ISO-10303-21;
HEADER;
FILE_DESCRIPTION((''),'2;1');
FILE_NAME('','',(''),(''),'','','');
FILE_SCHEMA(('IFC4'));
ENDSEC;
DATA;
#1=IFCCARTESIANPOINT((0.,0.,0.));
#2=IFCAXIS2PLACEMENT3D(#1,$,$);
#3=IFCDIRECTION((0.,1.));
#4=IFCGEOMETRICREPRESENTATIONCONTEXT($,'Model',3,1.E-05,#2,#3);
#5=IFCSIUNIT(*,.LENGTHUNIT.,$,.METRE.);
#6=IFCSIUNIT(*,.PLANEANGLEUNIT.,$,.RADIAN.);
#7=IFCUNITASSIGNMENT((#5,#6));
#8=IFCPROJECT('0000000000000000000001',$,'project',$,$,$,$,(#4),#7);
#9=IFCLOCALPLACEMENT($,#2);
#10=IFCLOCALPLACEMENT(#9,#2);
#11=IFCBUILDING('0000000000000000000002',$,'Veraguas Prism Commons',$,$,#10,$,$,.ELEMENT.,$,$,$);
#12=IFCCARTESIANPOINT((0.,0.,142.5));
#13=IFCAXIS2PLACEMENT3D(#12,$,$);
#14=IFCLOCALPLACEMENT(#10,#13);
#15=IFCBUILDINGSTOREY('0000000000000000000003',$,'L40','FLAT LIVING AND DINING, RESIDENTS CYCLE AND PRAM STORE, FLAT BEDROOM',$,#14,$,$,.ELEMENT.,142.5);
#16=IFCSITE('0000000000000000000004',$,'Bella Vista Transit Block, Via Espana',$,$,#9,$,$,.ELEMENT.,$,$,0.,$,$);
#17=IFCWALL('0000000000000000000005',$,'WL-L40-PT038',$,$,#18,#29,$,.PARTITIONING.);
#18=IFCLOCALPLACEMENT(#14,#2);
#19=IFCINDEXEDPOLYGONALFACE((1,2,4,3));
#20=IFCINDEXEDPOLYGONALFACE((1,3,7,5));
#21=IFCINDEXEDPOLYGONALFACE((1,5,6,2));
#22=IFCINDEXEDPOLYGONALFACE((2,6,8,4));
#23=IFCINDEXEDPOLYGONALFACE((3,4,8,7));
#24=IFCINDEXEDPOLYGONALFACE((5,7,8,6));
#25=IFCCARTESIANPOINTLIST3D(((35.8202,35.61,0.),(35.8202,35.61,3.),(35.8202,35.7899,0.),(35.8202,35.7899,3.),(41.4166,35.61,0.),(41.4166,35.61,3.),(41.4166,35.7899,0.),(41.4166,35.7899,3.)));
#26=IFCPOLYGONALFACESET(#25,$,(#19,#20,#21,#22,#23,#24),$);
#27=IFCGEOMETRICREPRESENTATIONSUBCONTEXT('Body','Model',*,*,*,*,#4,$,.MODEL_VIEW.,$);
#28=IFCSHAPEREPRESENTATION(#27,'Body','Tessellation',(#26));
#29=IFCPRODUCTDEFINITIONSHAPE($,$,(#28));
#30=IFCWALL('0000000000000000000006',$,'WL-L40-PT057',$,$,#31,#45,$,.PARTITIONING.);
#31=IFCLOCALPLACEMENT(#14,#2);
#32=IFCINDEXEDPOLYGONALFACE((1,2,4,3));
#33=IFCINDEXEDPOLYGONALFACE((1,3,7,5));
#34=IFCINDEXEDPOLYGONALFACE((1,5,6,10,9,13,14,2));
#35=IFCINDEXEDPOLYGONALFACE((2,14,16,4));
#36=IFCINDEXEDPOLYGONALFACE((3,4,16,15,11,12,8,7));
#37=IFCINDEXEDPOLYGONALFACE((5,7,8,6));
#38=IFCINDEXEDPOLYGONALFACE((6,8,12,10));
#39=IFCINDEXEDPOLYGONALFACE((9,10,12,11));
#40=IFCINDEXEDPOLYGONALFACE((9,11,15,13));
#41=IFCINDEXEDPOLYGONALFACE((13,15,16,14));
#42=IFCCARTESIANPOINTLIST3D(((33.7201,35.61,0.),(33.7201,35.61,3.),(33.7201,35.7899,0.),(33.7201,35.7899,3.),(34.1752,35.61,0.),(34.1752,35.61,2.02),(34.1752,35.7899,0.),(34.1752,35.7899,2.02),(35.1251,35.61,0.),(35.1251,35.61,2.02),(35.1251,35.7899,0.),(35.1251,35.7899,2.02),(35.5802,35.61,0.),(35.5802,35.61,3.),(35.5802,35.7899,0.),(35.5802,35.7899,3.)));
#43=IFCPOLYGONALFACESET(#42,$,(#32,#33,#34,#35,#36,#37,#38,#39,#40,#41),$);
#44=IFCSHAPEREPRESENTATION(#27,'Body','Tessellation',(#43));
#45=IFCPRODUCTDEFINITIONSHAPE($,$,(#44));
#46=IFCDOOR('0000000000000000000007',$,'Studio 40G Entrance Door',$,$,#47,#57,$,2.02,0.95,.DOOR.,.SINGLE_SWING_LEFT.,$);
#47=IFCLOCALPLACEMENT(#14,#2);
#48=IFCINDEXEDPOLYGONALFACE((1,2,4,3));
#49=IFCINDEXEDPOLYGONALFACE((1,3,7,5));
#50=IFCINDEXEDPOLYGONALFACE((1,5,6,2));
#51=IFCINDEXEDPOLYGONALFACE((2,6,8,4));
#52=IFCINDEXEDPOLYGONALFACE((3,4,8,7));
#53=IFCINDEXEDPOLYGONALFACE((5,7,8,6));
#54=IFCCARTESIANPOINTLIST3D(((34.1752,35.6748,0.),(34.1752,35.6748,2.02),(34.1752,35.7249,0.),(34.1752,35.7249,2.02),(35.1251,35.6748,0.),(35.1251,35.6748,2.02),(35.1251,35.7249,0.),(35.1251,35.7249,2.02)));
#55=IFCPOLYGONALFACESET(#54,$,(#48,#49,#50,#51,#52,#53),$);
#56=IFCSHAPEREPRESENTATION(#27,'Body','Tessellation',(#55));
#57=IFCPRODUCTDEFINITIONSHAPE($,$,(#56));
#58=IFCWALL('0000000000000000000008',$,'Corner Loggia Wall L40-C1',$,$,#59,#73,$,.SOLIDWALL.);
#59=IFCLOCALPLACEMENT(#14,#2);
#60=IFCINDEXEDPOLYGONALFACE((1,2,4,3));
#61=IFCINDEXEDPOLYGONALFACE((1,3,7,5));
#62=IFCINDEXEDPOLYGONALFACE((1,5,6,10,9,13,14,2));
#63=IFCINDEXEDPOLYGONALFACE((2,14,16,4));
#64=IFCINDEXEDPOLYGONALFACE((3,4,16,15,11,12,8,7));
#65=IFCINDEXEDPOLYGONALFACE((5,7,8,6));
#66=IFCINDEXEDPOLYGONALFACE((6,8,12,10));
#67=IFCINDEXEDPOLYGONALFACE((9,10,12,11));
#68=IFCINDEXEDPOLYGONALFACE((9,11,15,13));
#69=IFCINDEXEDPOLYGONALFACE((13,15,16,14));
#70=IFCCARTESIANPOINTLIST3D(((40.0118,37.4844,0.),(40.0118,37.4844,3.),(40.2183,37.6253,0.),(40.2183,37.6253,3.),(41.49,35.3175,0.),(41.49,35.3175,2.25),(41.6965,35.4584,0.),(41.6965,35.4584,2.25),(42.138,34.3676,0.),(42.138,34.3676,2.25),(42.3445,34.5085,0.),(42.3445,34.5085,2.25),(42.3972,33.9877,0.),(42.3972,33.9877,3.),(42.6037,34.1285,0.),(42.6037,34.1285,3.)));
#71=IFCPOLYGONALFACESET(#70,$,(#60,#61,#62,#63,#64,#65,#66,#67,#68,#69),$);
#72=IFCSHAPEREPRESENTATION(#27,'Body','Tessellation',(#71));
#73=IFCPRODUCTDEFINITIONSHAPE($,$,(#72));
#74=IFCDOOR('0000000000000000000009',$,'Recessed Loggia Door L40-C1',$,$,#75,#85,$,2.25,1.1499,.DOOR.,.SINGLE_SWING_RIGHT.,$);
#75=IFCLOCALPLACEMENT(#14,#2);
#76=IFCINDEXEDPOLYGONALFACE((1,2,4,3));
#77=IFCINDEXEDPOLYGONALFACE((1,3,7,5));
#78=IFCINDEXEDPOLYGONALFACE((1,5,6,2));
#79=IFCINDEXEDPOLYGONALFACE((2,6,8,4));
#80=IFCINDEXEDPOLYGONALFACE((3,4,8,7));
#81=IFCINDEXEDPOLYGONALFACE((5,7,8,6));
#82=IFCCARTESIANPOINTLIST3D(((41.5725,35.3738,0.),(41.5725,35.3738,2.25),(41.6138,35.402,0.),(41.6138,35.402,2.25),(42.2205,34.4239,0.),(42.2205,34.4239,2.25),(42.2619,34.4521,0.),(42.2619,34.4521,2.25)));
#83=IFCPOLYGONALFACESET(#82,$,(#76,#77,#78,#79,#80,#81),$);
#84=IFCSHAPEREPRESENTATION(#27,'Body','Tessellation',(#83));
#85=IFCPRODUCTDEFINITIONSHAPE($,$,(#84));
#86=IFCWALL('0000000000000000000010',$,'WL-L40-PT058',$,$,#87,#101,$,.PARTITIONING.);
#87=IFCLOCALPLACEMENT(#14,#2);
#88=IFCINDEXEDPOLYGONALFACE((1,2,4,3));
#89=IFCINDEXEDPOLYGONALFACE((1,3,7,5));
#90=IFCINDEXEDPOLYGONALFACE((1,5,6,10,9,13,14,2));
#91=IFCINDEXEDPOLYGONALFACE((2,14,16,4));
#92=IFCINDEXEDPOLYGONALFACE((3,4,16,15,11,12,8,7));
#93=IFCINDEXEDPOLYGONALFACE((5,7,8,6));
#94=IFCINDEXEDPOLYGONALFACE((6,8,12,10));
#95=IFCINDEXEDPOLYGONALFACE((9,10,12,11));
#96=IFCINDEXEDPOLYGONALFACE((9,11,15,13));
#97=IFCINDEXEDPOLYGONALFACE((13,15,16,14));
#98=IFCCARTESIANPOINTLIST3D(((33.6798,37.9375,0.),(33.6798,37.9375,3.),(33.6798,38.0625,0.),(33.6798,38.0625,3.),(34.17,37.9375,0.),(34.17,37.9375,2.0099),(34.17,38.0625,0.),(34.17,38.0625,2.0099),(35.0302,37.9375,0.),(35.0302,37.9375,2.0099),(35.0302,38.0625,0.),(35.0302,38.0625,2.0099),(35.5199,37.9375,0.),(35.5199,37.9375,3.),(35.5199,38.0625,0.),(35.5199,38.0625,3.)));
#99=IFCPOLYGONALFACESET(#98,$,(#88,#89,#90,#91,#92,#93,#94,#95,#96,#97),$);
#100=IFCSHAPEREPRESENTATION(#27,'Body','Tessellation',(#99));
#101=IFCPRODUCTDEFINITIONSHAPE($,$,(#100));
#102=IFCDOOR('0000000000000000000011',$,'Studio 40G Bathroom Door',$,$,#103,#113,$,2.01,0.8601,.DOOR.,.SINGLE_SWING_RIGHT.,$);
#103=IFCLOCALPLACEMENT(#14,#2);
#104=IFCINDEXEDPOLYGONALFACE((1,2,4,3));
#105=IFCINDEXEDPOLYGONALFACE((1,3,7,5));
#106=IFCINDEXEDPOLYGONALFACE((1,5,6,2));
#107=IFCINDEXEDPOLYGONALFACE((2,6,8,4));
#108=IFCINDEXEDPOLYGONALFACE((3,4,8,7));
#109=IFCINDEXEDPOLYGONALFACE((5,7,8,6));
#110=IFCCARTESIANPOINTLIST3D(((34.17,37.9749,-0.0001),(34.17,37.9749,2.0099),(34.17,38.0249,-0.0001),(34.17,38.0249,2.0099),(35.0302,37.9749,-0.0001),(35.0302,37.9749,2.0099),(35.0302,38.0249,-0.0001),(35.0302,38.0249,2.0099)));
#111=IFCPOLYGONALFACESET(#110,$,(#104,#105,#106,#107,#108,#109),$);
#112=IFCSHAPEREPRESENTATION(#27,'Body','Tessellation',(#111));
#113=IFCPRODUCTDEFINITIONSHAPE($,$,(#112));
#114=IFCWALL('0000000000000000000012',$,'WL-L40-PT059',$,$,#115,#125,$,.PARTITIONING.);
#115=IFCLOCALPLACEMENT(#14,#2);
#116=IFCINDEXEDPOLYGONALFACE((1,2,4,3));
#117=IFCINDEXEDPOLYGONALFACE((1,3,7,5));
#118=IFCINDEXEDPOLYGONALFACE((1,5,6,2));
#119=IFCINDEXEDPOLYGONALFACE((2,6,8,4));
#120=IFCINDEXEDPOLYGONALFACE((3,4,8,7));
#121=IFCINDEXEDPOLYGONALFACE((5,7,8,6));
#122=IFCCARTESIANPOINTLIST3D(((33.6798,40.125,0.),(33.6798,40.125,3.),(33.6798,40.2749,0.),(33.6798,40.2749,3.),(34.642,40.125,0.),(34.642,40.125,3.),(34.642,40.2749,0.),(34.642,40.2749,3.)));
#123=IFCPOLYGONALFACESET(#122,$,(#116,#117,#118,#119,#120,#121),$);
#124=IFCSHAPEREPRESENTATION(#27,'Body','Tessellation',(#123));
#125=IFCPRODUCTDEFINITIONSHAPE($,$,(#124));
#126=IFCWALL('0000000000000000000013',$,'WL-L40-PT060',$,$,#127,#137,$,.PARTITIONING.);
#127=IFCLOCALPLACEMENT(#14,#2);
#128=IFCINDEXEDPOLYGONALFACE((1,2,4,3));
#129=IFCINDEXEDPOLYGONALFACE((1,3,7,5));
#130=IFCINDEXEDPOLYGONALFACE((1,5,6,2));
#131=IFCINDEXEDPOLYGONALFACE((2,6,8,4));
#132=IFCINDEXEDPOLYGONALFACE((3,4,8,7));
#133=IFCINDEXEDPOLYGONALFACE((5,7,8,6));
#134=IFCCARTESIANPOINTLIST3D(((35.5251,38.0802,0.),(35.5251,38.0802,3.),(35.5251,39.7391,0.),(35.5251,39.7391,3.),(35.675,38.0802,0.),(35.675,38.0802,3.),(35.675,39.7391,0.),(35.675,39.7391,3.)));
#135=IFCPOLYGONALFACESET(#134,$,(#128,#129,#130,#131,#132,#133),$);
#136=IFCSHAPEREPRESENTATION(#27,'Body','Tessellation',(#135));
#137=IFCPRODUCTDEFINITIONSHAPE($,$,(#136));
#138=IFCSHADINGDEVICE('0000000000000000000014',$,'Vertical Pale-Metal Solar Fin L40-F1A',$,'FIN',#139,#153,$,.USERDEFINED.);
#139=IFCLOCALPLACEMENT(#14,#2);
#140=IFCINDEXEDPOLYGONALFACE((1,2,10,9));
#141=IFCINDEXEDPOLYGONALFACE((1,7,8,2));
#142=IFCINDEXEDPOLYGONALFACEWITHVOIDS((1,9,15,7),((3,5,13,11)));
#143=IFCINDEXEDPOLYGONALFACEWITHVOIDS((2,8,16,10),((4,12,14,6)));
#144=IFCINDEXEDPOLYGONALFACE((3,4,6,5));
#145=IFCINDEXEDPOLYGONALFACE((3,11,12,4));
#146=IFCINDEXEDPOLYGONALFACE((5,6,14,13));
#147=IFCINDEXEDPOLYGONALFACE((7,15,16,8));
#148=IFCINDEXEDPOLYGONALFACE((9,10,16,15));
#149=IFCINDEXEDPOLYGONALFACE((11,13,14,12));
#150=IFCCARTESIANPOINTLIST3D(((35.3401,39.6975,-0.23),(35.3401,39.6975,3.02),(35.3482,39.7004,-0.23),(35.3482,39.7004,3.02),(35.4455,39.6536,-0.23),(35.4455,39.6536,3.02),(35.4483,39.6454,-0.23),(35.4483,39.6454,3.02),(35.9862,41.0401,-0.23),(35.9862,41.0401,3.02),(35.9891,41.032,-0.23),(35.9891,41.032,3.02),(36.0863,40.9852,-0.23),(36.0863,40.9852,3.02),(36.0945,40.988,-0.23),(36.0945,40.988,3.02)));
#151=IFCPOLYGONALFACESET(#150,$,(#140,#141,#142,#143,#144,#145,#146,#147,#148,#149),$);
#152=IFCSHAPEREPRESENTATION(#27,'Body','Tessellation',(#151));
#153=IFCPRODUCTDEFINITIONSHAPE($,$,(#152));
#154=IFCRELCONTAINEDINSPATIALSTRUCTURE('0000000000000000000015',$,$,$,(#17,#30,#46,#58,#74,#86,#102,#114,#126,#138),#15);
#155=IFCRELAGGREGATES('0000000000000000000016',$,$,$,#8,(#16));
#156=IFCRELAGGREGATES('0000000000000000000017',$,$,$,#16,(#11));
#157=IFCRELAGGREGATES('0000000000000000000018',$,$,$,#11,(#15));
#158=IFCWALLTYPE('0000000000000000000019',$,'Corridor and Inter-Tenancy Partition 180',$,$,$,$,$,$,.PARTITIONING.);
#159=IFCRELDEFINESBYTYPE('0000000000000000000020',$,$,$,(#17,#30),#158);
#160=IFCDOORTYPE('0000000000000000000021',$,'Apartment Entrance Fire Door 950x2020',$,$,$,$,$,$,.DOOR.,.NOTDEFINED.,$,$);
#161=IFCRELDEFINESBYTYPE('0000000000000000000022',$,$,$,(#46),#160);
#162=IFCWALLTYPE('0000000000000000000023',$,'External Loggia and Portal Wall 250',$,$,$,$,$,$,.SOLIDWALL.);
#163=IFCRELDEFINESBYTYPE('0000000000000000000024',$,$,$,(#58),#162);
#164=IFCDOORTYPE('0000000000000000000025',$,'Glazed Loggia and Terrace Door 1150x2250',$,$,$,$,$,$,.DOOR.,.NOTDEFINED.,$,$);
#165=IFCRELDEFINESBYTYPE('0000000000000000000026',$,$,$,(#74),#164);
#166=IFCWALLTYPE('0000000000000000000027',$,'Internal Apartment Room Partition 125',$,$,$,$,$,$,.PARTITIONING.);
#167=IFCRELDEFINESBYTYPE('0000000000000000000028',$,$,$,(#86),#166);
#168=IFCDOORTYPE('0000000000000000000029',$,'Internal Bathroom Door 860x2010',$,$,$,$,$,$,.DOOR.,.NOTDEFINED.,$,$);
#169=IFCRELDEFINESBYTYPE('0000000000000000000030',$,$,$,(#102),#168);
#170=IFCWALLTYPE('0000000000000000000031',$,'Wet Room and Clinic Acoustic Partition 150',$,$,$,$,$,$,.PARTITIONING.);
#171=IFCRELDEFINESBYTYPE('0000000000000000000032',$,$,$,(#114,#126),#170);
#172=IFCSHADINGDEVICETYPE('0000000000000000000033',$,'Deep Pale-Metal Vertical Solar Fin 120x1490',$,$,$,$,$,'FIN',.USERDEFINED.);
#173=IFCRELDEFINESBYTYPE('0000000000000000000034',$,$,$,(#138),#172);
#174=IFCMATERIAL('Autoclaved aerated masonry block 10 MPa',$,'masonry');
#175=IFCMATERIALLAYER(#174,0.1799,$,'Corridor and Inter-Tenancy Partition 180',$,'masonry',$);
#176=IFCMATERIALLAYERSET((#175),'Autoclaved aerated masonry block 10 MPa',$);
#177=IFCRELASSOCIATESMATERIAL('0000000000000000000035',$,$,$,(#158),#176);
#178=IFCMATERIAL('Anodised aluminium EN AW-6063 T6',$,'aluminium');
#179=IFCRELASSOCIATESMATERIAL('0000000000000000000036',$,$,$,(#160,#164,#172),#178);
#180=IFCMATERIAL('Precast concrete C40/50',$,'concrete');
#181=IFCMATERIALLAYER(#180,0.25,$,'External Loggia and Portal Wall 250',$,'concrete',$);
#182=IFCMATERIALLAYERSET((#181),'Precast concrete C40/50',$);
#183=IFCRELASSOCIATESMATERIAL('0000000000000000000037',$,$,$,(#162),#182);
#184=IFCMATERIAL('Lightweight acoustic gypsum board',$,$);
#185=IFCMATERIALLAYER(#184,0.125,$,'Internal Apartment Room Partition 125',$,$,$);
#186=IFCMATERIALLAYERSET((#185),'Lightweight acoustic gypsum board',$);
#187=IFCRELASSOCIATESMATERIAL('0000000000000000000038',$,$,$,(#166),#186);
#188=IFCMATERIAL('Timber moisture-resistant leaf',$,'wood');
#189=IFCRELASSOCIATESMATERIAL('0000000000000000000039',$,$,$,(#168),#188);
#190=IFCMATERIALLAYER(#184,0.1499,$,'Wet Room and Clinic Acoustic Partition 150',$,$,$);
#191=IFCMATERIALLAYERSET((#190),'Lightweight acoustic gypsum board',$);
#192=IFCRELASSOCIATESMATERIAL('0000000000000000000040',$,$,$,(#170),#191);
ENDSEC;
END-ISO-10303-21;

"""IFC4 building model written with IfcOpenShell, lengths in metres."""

from ifc_helpers import new_model, si_unit, direction, frame, frame_2d, origin, origin_2d, place, context, subcontext, project, spatial, rectangle, hollow_rectangle, extrude, source, transform, mapped, material, layer, layer_set, material_profile, profile_set, type_object, element, fill, save


model = new_model("IFC4")

# Units and contexts
model_context = context("Model", 3, precision=1e-05, world=origin(), true_north=direction((0.0, 1.0)))
body_context = subcontext(model_context, "Body", "Model", "MODEL_VIEW")
ifc_project = project(units=[si_unit("LENGTHUNIT", "METRE"), si_unit("PLANEANGLEUNIT", "RADIAN")], contexts=[model_context])

# Site, building, storey
site_placement = place(None, origin())
site = spatial("IfcSite", under=ifc_project, at=site_placement, Name="Bella Vista Transit Block, Via Espana", CompositionType="ELEMENT", RefElevation=0.0)
building_placement = place(site_placement, origin())
building = spatial("IfcBuilding", under=site, at=building_placement, Name="Veraguas Prism Commons", CompositionType="ELEMENT")
storey_placement = place(building_placement, frame((0.0, 0.0, 142.5)))
storey = spatial("IfcBuildingStorey", under=building, at=storey_placement, Name="L40", Description="FLAT LIVING AND DINING, RESIDENTS CYCLE AND PRAM STORE, FLAT BEDROOM", CompositionType="ELEMENT", Elevation=142.5)

# Shared definitions
ifc_material_1 = material(Name="Anodised aluminium EN AW-6063 T6", Category="aluminium")

# Wall
ifc_material_2 = material(Name="Autoclaved aerated masonry block 10 MPa", Category="masonry")
ifc_layer_1 = layer(ifc_material_2, 0.1799, Name="Corridor and Inter-Tenancy Partition 180", Category="masonry")
ifc_layer_set_1 = layer_set([ifc_layer_1], Name="Autoclaved aerated masonry block 10 MPa")
wall_type_1 = type_object("IfcWallType", Name="Corridor and Inter-Tenancy Partition 180", PredefinedType="PARTITIONING", material=ifc_layer_set_1)
wall_1_placement = place(storey_placement, frame((35.8201, 35.7, 0.0), z_axis=(0.0, 0.0, 1.0), x_axis=(1.0, 0.0, 0.0)))
element("IfcWall", 1, at=wall_1_placement, inside=storey, type_object=wall_type_1, Name="WL-L40-PT038", PredefinedType="PARTITIONING", context=body_context, shape_type="SweptSolid", body=[
    extrude(rectangle(XDim=5.5964, YDim=0.1799, at=frame_2d((2.7983, 0.0))), origin(), (0.0, 0.0, 1.0), 3.0),
])

# Walls, openings, doors
wall_2_placement = place(storey_placement, frame((33.72, 35.7, 0.0), z_axis=(0.0, 0.0, 1.0), x_axis=(1.0, 0.0, 0.0)))
wall_2 = element("IfcWall", 2, at=wall_2_placement, inside=storey, type_object=wall_type_1, Name="WL-L40-PT057", PredefinedType="PARTITIONING", context=body_context, shape_type="SweptSolid", body=[
    extrude(rectangle(XDim=1.8601, YDim=0.1799, at=frame_2d((0.9302, 0.0))), origin(), (0.0, 0.0, 1.0), 3.0),
])
opening_1_placement = place(wall_2_placement, frame((0.4551, 0.0, 0.0)))
opening_1 = element("IfcOpeningElement", 3, at=opening_1_placement, cuts=wall_2, PredefinedType="OPENING", context=body_context, shape_type="SweptSolid", body=[
    extrude(rectangle(XDim=0.95, YDim=2.02, at=frame_2d((0.4751, 1.01))), frame((0.0, 0.0999, 0.0), z_axis=(0.0, -1.0, 0.0), x_axis=(1.0, 0.0, 0.0)), (0.0, 0.0, 1.0), 0.2),
])
door_type_1 = type_object("IfcDoorType", Name="Apartment Entrance Fire Door 950x2020", OperationType="NOTDEFINED", PredefinedType="DOOR", material=ifc_material_1)
shared_shape_1 = source(origin(), body_context, "Body", "SweptSolid", [
    extrude(rectangle(XDim=0.95, YDim=2.02, at=frame_2d((0.4751, 1.01))), frame((0.0, 0.0249, 0.0), z_axis=(0.0, -1.0, 0.0), x_axis=(1.0, 0.0, 0.0)), (0.0, 0.0, 1.0), 0.05),
])
door_1_placement = place(opening_1_placement, origin())
door_1 = element("IfcDoor", 4, at=door_1_placement, inside=storey, type_object=door_type_1, Name="Studio 40G Entrance Door", OperationType="SINGLE_SWING_LEFT", OverallHeight=2.02, OverallWidth=0.95, PredefinedType="DOOR", context=body_context, shape_type="MappedRepresentation", body=[
    mapped(shared_shape_1, transform((0.0, 0.0, 0.0), scale=1.0)),
])
fill(opening_1, door_1)
ifc_material_3 = material(Name="Precast concrete C40/50", Category="concrete")
ifc_layer_2 = layer(ifc_material_3, 0.25, Name="External Loggia and Portal Wall 250", Category="concrete")
ifc_layer_set_2 = layer_set([ifc_layer_2], Name="Precast concrete C40/50")
wall_type_2 = type_object("IfcWallType", Name="External Loggia and Portal Wall 250", PredefinedType="SOLIDWALL", material=ifc_layer_set_2)
wall_3_placement = place(storey_placement, frame((42.5005, 34.0581, 0.0), z_axis=(0.0, 0.0, 1.0), x_axis=(-0.563546, 0.826085, 0.0)))
wall_3 = element("IfcWall", 5, at=wall_3_placement, inside=storey, type_object=wall_type_2, Name="Corner Loggia Wall L40-C1", PredefinedType="SOLIDWALL", context=body_context, shape_type="SweptSolid", body=[
    extrude(rectangle(XDim=4.2329, YDim=0.25, at=frame_2d((2.1165, 0.0))), origin(), (0.0, 0.0, 1.0), 3.0),
])
opening_2_placement = place(wall_3_placement, frame((0.46, 0.0, 0.0)))
opening_2 = element("IfcOpeningElement", 6, at=opening_2_placement, cuts=wall_3, PredefinedType="OPENING", context=body_context, shape_type="SweptSolid", body=[
    extrude(rectangle(XDim=1.1499, YDim=2.25, at=frame_2d((0.575, 1.125))), frame((0.0, 0.135, 0.0), z_axis=(0.0, -1.0, 0.0), x_axis=(1.0, 0.0, 0.0)), (0.0, 0.0, 1.0), 0.27),
])
door_type_2 = type_object("IfcDoorType", Name="Glazed Loggia and Terrace Door 1150x2250", OperationType="NOTDEFINED", PredefinedType="DOOR", material=ifc_material_1)
shared_shape_2 = source(origin(), body_context, "Body", "SweptSolid", [
    extrude(rectangle(XDim=1.1499, YDim=2.25, at=frame_2d((0.575, 1.125))), frame((0.0, 0.0249, 0.0), z_axis=(0.0, -1.0, 0.0), x_axis=(1.0, 0.0, 0.0)), (0.0, 0.0, 1.0), 0.05),
])
door_2_placement = place(opening_2_placement, frame((1.1499, 0.0, 0.0), z_axis=(0.0, 0.0, 1.0), x_axis=(-1.0, 0.0, 0.0)))
door_2 = element("IfcDoor", 7, at=door_2_placement, inside=storey, type_object=door_type_2, Name="Recessed Loggia Door L40-C1", OperationType="SINGLE_SWING_RIGHT", OverallHeight=2.25, OverallWidth=1.1499, PredefinedType="DOOR", context=body_context, shape_type="MappedRepresentation", body=[
    mapped(shared_shape_2, transform((0.0, 0.0, 0.0), scale=1.0)),
])
fill(opening_2, door_2)
ifc_material_4 = material(Name="Lightweight acoustic gypsum board")
ifc_layer_3 = layer(ifc_material_4, 0.125, Name="Internal Apartment Room Partition 125")
ifc_layer_set_3 = layer_set([ifc_layer_3], Name="Lightweight acoustic gypsum board")
wall_type_3 = type_object("IfcWallType", Name="Internal Apartment Room Partition 125", PredefinedType="PARTITIONING", material=ifc_layer_set_3)
wall_4_placement = place(storey_placement, frame((33.6799, 38.0, 0.0), z_axis=(0.0, 0.0, 1.0), x_axis=(1.0, 0.0, 0.0)))
wall_4 = element("IfcWall", 8, at=wall_4_placement, inside=storey, type_object=wall_type_3, Name="WL-L40-PT058", PredefinedType="PARTITIONING", context=body_context, shape_type="SweptSolid", body=[
    extrude(rectangle(XDim=1.8401, YDim=0.125, at=frame_2d((0.9199, 0.0))), origin(), (0.0, 0.0, 1.0), 3.0),
])
opening_3_placement = place(wall_4_placement, frame((0.49, 0.0, 0.0)))
opening_3 = element("IfcOpeningElement", 9, at=opening_3_placement, cuts=wall_4, PredefinedType="OPENING", context=body_context, shape_type="SweptSolid", body=[
    extrude(rectangle(XDim=0.8601, YDim=2.01, at=frame_2d((0.4302, 1.0049))), frame((0.0, 0.0725, 0.0), z_axis=(0.0, -1.0, 0.0), x_axis=(1.0, 0.0, 0.0)), (0.0, 0.0, 1.0), 0.145),
])
ifc_material_5 = material(Name="Timber moisture-resistant leaf", Category="wood")
door_type_3 = type_object("IfcDoorType", Name="Internal Bathroom Door 860x2010", OperationType="NOTDEFINED", PredefinedType="DOOR", material=ifc_material_5)
shared_shape_3 = source(origin(), body_context, "Body", "SweptSolid", [
    extrude(rectangle(XDim=0.8601, YDim=2.01, at=frame_2d((0.4302, 1.0049))), frame((0.0, 0.0249, 0.0), z_axis=(0.0, -1.0, 0.0), x_axis=(1.0, 0.0, 0.0)), (0.0, 0.0, 1.0), 0.05),
])
door_3_placement = place(opening_3_placement, origin())
door_3 = element("IfcDoor", 10, at=door_3_placement, inside=storey, type_object=door_type_3, Name="Studio 40G Bathroom Door", OperationType="SINGLE_SWING_RIGHT", OverallHeight=2.01, OverallWidth=0.8601, PredefinedType="DOOR", context=body_context, shape_type="MappedRepresentation", body=[
    mapped(shared_shape_3, transform((0.0, 0.0, 0.0), scale=1.0)),
])
fill(opening_3, door_3)

# Walls
ifc_layer_4 = layer(ifc_material_4, 0.1499, Name="Wet Room and Clinic Acoustic Partition 150")
ifc_layer_set_4 = layer_set([ifc_layer_4], Name="Lightweight acoustic gypsum board")
wall_type_4 = type_object("IfcWallType", Name="Wet Room and Clinic Acoustic Partition 150", PredefinedType="PARTITIONING", material=ifc_layer_set_4)
wall_5_placement = place(storey_placement, frame((33.6799, 40.2, 0.0), z_axis=(0.0, 0.0, 1.0), x_axis=(1.0, 0.0, 0.0)))
element("IfcWall", 11, at=wall_5_placement, inside=storey, type_object=wall_type_4, Name="WL-L40-PT059", PredefinedType="PARTITIONING", context=body_context, shape_type="SweptSolid", body=[
    extrude(rectangle(XDim=0.9622, YDim=0.1499, at=frame_2d((0.481, 0.0))), origin(), (0.0, 0.0, 1.0), 3.0),
])
wall_6_placement = place(storey_placement, frame((35.6001, 38.0801, 0.0), z_axis=(0.0, 0.0, 1.0), x_axis=(0.0, 1.0, 0.0)))
element("IfcWall", 12, at=wall_6_placement, inside=storey, type_object=wall_type_4, Name="WL-L40-PT060", PredefinedType="PARTITIONING", context=body_context, shape_type="SweptSolid", body=[
    extrude(rectangle(XDim=1.6589, YDim=0.1499, at=frame_2d((0.8296, 0.0))), origin(), (0.0, 0.0, 1.0), 3.0),
])

# Shading device
ifc_material_profile_1 = material_profile(ifc_material_1, hollow_rectangle(XDim=0.1201, YDim=1.49, WallThickness=0.0061, at=origin_2d()), Name="FIN120X1490X6")
ifc_profile_set_1 = profile_set([ifc_material_profile_1], Name="Anodised aluminium EN AW-6063 T6")
shading_device_type = type_object("IfcShadingDeviceType", Name="Deep Pale-Metal Vertical Solar Fin 120x1490", ElementType="FIN", PredefinedType="USERDEFINED", material=ifc_profile_set_1)
shading_device_placement = place(storey_placement, frame((35.7173, 40.3428, -0.23), z_axis=(0.0, 0.0, 1.0), x_axis=(-0.901077, 0.433659, 0.0)))
element("IfcShadingDevice", 13, at=shading_device_placement, inside=storey, type_object=shading_device_type, Name="Vertical Pale-Metal Solar Fin L40-F1A", ObjectType="FIN", PredefinedType="USERDEFINED", context=body_context, shape_type="SweptSolid", body=[
    extrude(hollow_rectangle(XDim=0.1201, YDim=1.49, WallThickness=0.0061, at=origin_2d()), origin(), (0.0, 0.0, 1.0), 3.25),
])

save(model, "model.ifc")
